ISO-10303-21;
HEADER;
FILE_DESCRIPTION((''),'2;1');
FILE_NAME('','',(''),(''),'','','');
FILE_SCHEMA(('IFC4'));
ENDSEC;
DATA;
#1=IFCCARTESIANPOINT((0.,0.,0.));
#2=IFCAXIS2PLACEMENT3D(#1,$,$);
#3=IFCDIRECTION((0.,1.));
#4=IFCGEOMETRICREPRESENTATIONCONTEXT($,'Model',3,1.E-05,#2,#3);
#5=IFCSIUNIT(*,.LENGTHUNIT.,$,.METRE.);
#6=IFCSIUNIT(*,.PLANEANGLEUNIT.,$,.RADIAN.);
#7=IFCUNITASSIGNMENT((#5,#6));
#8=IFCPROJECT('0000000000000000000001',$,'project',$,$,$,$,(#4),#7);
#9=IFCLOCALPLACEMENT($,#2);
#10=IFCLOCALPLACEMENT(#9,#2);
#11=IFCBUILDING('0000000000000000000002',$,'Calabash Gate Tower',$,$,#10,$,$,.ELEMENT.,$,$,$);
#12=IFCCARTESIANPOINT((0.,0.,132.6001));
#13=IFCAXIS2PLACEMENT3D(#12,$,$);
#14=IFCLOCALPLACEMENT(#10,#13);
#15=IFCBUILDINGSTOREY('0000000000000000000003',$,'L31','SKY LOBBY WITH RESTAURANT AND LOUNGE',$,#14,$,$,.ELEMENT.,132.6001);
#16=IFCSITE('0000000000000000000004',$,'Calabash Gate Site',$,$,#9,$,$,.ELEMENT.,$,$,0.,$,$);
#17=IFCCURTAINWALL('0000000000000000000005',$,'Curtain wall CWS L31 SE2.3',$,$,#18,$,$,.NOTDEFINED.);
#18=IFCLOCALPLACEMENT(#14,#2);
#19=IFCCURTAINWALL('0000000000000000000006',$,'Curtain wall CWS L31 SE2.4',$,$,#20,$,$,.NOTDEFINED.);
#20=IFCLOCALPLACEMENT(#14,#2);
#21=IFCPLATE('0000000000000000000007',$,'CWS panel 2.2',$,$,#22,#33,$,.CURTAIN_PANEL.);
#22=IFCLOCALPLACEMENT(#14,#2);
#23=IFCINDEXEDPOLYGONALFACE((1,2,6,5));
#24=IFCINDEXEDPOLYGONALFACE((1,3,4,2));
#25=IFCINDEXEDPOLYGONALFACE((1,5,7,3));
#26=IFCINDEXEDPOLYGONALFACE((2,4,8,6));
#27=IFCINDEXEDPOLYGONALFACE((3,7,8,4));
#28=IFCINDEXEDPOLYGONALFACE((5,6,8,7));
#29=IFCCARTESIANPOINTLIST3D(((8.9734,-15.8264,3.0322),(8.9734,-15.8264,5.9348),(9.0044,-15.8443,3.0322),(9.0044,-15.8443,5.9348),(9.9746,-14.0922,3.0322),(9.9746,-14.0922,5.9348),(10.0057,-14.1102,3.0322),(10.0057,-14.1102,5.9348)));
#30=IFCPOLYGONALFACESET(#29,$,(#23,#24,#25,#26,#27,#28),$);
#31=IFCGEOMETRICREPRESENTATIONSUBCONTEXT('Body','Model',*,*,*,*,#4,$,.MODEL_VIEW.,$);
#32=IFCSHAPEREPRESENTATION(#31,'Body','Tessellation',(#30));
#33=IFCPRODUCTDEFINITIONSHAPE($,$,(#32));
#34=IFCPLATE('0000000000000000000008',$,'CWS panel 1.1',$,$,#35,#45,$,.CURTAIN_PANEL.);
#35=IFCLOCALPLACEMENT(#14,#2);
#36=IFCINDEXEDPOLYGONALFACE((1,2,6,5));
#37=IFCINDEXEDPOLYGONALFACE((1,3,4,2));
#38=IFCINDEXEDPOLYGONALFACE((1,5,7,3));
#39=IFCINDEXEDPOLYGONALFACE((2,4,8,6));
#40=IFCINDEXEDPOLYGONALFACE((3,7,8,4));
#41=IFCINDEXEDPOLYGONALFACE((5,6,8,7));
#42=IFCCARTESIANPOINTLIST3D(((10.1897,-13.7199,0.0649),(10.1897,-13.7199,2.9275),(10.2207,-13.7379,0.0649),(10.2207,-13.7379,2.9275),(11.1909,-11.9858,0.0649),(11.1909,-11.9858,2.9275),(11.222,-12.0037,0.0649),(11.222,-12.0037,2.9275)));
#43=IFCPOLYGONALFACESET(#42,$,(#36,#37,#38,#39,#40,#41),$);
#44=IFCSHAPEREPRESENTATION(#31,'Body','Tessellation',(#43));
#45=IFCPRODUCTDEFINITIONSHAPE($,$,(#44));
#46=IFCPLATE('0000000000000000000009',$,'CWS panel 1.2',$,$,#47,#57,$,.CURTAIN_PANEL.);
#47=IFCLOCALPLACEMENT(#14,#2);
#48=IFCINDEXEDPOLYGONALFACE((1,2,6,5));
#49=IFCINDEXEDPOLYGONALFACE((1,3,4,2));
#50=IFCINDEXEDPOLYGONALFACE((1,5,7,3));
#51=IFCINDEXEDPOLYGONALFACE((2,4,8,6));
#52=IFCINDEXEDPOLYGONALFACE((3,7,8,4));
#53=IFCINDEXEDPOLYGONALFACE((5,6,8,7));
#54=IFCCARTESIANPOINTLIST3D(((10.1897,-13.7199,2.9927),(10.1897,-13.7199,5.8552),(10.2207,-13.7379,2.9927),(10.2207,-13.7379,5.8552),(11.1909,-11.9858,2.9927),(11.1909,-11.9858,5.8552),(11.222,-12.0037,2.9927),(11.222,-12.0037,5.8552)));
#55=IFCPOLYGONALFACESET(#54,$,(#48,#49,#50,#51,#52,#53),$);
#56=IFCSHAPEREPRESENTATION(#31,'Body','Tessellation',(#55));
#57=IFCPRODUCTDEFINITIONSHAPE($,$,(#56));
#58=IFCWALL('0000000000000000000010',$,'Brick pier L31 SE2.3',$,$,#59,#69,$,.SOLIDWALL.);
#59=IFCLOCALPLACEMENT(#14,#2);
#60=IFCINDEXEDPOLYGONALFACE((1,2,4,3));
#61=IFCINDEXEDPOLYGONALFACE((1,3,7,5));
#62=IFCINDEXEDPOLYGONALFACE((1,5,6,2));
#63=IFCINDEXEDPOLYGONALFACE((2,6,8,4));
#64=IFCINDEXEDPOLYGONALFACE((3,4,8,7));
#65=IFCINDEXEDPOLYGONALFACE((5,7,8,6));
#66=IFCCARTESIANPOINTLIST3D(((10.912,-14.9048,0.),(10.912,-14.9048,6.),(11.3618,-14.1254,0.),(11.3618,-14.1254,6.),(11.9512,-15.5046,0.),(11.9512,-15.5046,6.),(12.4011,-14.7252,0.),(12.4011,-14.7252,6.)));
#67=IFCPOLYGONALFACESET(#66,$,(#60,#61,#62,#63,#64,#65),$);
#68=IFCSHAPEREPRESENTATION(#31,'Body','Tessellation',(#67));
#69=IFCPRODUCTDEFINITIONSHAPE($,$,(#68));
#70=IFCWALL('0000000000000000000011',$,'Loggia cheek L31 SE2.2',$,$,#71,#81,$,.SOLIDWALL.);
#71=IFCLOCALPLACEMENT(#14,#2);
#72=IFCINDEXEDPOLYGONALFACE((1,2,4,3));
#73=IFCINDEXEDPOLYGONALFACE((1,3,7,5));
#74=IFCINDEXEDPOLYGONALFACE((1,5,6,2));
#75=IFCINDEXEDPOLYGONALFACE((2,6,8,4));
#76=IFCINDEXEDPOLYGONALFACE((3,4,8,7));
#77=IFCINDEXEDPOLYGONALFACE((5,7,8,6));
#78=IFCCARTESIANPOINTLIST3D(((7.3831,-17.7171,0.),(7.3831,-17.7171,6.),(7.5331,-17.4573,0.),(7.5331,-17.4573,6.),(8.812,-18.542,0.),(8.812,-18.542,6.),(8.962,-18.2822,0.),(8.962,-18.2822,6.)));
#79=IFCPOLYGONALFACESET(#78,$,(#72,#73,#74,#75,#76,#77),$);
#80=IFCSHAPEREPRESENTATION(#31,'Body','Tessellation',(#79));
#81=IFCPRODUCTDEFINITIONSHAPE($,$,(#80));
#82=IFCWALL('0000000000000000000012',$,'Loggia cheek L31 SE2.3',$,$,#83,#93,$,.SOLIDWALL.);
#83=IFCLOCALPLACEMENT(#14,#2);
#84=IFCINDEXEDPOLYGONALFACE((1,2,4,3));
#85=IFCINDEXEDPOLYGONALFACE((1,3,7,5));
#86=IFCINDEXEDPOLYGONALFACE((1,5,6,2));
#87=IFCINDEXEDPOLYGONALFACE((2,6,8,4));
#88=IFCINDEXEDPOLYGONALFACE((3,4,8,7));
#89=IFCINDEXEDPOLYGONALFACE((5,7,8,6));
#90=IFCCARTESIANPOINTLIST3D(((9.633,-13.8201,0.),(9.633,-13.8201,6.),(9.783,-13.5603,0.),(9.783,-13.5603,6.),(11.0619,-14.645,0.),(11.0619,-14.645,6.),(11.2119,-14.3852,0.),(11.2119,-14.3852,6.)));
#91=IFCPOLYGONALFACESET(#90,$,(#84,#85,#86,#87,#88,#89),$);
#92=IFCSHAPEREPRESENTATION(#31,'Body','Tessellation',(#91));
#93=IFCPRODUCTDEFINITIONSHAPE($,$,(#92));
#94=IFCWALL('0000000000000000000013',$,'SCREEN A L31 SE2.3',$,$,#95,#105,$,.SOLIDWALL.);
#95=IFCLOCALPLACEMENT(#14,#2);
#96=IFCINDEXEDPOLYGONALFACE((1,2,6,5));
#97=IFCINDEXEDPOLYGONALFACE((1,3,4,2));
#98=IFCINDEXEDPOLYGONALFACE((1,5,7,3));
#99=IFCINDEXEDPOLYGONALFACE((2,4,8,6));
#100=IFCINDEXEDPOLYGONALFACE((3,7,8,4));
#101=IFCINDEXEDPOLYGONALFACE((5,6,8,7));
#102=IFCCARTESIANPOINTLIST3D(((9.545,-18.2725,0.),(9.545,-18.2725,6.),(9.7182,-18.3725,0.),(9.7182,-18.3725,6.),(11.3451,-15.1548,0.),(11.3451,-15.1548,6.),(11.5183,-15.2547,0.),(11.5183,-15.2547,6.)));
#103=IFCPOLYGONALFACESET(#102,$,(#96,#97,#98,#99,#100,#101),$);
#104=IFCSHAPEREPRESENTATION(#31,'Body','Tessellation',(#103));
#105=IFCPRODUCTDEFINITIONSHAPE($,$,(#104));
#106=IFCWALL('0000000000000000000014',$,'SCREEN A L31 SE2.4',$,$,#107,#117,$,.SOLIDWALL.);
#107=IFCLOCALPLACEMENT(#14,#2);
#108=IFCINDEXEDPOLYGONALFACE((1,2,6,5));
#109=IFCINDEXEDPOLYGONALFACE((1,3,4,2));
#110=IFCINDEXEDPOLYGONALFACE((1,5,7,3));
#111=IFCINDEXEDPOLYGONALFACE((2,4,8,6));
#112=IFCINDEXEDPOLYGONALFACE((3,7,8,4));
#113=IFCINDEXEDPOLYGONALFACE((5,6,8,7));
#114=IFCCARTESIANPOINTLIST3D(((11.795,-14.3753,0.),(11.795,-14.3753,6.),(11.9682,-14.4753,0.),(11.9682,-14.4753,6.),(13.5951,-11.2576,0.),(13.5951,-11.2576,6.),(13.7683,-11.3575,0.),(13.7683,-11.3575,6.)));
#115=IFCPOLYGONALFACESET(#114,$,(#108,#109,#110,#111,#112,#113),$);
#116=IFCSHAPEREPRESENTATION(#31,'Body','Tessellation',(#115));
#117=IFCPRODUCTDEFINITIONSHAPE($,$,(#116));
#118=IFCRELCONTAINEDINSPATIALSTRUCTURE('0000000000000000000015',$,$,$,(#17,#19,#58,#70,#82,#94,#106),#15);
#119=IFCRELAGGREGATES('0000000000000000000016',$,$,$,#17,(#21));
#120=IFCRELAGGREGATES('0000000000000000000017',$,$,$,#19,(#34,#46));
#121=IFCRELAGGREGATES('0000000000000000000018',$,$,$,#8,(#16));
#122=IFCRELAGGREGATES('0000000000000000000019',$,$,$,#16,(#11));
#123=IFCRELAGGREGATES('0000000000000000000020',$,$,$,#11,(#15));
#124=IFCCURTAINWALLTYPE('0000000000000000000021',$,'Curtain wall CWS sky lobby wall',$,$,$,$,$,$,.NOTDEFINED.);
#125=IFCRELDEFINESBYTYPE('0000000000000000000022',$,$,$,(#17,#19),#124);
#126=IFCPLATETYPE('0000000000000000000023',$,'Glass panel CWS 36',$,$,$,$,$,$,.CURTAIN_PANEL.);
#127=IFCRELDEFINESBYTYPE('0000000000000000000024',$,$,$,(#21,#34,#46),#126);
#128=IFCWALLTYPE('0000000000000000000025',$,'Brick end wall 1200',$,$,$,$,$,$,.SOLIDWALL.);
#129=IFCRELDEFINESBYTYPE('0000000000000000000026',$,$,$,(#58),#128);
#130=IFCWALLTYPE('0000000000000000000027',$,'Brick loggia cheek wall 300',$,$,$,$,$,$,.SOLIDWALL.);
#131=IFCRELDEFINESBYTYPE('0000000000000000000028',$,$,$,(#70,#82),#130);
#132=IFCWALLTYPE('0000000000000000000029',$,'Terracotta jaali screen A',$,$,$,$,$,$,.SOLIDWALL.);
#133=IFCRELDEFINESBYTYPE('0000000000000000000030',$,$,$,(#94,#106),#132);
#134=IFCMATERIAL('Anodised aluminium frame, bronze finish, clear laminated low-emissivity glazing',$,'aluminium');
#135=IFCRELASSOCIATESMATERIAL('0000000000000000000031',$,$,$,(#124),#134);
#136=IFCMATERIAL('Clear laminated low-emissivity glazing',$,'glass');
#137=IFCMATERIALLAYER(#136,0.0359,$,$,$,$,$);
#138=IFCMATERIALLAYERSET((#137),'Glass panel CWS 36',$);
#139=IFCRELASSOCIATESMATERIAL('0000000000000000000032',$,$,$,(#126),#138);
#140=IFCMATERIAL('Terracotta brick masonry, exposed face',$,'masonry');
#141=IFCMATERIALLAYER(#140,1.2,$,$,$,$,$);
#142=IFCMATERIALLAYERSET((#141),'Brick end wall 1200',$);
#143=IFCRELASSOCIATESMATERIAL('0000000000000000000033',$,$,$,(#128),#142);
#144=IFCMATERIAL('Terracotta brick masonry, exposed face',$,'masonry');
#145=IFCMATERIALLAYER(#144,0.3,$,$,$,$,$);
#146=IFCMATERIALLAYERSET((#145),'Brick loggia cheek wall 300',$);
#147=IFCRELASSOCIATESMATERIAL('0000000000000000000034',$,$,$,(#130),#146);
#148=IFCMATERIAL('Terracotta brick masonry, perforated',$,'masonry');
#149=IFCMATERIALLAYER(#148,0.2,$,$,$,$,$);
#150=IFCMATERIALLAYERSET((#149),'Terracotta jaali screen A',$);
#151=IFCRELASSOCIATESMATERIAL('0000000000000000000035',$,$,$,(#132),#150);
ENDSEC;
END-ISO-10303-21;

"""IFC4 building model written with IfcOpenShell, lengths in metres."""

from ifc_helpers import new_model, si_unit, direction, frame, frame_2d, origin, origin_2d, place, context, subcontext, project, spatial, rectangle, extrude, material, layer, layer_set, type_object, element, aggregate, save


model = new_model("IFC4")

# Units and contexts
model_context = context("Model", 3, precision=1e-05, world=origin(), true_north=direction((0.0, 1.0)))
body_context = subcontext(model_context, "Body", "Model", "MODEL_VIEW")
ifc_project = project(units=[si_unit("LENGTHUNIT", "METRE"), si_unit("PLANEANGLEUNIT", "RADIAN")], contexts=[model_context])

# Site, building, storey
site_placement = place(None, origin())
site = spatial("IfcSite", under=ifc_project, at=site_placement, Name="Calabash Gate Site", CompositionType="ELEMENT", RefElevation=0.0)
building_placement = place(site_placement, origin())
building = spatial("IfcBuilding", under=site, at=building_placement, Name="Calabash Gate Tower", CompositionType="ELEMENT")
storey_placement = place(building_placement, frame((0.0, 0.0, 132.6001)))
storey = spatial("IfcBuildingStorey", under=building, at=storey_placement, Name="L31", Description="SKY LOBBY WITH RESTAURANT AND LOUNGE", CompositionType="ELEMENT", Elevation=132.6001)

# Shared definitions
ifc_material_1 = material(Name="Anodised aluminium frame, bronze finish, clear laminated low-emissivity glazing", Category="aluminium")
curtain_wall_type = type_object("IfcCurtainWallType", Name="Curtain wall CWS sky lobby wall", PredefinedType="NOTDEFINED", material=ifc_material_1)

# Curtain walls
curtain_wall_1_placement = place(storey_placement, origin())
curtain_wall_1 = element("IfcCurtainWall", 1, at=curtain_wall_1_placement, inside=storey, type_object=curtain_wall_type, Name="Curtain wall CWS L31 SE2.3", PredefinedType="NOTDEFINED")
curtain_wall_2_placement = place(storey_placement, origin())
curtain_wall_2 = element("IfcCurtainWall", 2, at=curtain_wall_2_placement, inside=storey, type_object=curtain_wall_type, Name="Curtain wall CWS L31 SE2.4", PredefinedType="NOTDEFINED")

# Plates
ifc_material_2 = material(Name="Clear laminated low-emissivity glazing", Category="glass")
ifc_layer_1 = layer(ifc_material_2, 0.0359)
ifc_layer_set_1 = layer_set([ifc_layer_1], Name="Glass panel CWS 36")
plate_type = type_object("IfcPlateType", Name="Glass panel CWS 36", PredefinedType="CURTAIN_PANEL", material=ifc_layer_set_1)
plate_1_placement = place(storey_placement, frame((9.4895, -14.9683, 3.0322), z_axis=(0.0, 0.0, 1.0), x_axis=(0.5, 0.866025, 0.0)))
plate_1 = element("IfcPlate", 3, at=plate_1_placement, type_object=plate_type, Name="CWS panel 2.2", PredefinedType="CURTAIN_PANEL", context=body_context, shape_type="SweptSolid", body=[
    extrude(rectangle(XDim=2.0024, YDim=0.0359, at=origin_2d()), origin(), (0.0, 0.0, 1.0), 2.9026),
])
aggregate(curtain_wall_1, [plate_1])
plate_2_placement = place(storey_placement, frame((10.7058, -12.8618, 0.0649), z_axis=(0.0, 0.0, 1.0), x_axis=(0.5, 0.866025, 0.0)))
plate_2 = element("IfcPlate", 4, at=plate_2_placement, type_object=plate_type, Name="CWS panel 1.1", PredefinedType="CURTAIN_PANEL", context=body_context, shape_type="SweptSolid", body=[
    extrude(rectangle(XDim=2.0024, YDim=0.0359, at=origin_2d()), origin(), (0.0, 0.0, 1.0), 2.8625),
])
plate_3_placement = place(storey_placement, frame((10.7058, -12.8618, 2.9927), z_axis=(0.0, 0.0, 1.0), x_axis=(0.5, 0.866025, 0.0)))
plate_3 = element("IfcPlate", 5, at=plate_3_placement, type_object=plate_type, Name="CWS panel 1.2", PredefinedType="CURTAIN_PANEL", context=body_context, shape_type="SweptSolid", body=[
    extrude(rectangle(XDim=2.0024, YDim=0.0359, at=origin_2d()), origin(), (0.0, 0.0, 1.0), 2.8625),
])
aggregate(curtain_wall_2, [plate_2, plate_3])

# Walls
ifc_material_3 = material(Name="Terracotta brick masonry, exposed face", Category="masonry")
ifc_layer_2 = layer(ifc_material_3, 1.2)
ifc_layer_set_2 = layer_set([ifc_layer_2], Name="Brick end wall 1200")
wall_type_1 = type_object("IfcWallType", Name="Brick end wall 1200", PredefinedType="SOLIDWALL", material=ifc_layer_set_2)
wall_placement = place(storey_placement, frame((12.1763, -15.115, 0.0), z_axis=(0.0, 0.0, 1.0), x_axis=(-0.866094, 0.499881, 0.0)))
element("IfcWall", 6, at=wall_placement, inside=storey, type_object=wall_type_1, Name="Brick pier L31 SE2.3", PredefinedType="SOLIDWALL", context=body_context, shape_type="SweptSolid", body=[
    extrude(rectangle(XDim=1.2, YDim=0.8999, at=frame_2d((0.6001, 0.0))), origin(), (0.0, 0.0, 1.0), 6.0),
])
ifc_material_4 = material(Name="Terracotta brick masonry, exposed face", Category="masonry")
ifc_layer_3 = layer(ifc_material_4, 0.3)
ifc_layer_set_3 = layer_set([ifc_layer_3], Name="Brick loggia cheek wall 300")
wall_type_2 = type_object("IfcWallType", Name="Brick loggia cheek wall 300", PredefinedType="SOLIDWALL", material=ifc_layer_set_3)
for number, where, z_axis, x_axis, name in (
    (7, (8.887, -18.4121, 0.0), (0.0, 0.0, 1.0), (-0.86604, 0.499974, 0.0), "Loggia cheek L31 SE2.2"),
    (8, (9.708, -13.6902, 0.0), (0.0, 0.0, 1.0), (0.86604, -0.499974, 0.0), "Loggia cheek L31 SE2.3"),
):
    element("IfcWall", number, at=place(storey_placement, frame(where, z_axis=z_axis, x_axis=x_axis)), inside=storey, type_object=wall_type_2, Name=name, PredefinedType="SOLIDWALL", context=body_context, shape_type="SweptSolid", body=[
        extrude(rectangle(XDim=1.6499, YDim=0.3, at=frame_2d((0.825, 0.0))), origin(), (0.0, 0.0, 1.0), 6.0),
    ])
ifc_material_5 = material(Name="Terracotta brick masonry, perforated", Category="masonry")
ifc_layer_4 = layer(ifc_material_5, 0.2)
ifc_layer_set_4 = layer_set([ifc_layer_4], Name="Terracotta jaali screen A")
wall_type_3 = type_object("IfcWallType", Name="Terracotta jaali screen A", PredefinedType="SOLIDWALL", material=ifc_layer_set_4)
for number, where, z_axis, x_axis, name in (
    (9, (9.6316, -18.3225, 0.0), (0.0, 0.0, 1.0), (0.500012, 0.866018, 0.0), "SCREEN A L31 SE2.3"),
    (10, (11.8816, -14.4253, 0.0), (0.0, 0.0, 1.0), (0.500012, 0.866018, 0.0), "SCREEN A L31 SE2.4"),
):
    element("IfcWall", number, at=place(storey_placement, frame(where, z_axis=z_axis, x_axis=x_axis)), inside=storey, type_object=wall_type_3, Name=name, PredefinedType="SOLIDWALL", context=body_context, shape_type="SweptSolid", body=[
        extrude(rectangle(XDim=3.6001, YDim=0.2, at=frame_2d((1.8, 0.0))), origin(), (0.0, 0.0, 1.0), 6.0),
    ])

save(model, "model.ifc")
